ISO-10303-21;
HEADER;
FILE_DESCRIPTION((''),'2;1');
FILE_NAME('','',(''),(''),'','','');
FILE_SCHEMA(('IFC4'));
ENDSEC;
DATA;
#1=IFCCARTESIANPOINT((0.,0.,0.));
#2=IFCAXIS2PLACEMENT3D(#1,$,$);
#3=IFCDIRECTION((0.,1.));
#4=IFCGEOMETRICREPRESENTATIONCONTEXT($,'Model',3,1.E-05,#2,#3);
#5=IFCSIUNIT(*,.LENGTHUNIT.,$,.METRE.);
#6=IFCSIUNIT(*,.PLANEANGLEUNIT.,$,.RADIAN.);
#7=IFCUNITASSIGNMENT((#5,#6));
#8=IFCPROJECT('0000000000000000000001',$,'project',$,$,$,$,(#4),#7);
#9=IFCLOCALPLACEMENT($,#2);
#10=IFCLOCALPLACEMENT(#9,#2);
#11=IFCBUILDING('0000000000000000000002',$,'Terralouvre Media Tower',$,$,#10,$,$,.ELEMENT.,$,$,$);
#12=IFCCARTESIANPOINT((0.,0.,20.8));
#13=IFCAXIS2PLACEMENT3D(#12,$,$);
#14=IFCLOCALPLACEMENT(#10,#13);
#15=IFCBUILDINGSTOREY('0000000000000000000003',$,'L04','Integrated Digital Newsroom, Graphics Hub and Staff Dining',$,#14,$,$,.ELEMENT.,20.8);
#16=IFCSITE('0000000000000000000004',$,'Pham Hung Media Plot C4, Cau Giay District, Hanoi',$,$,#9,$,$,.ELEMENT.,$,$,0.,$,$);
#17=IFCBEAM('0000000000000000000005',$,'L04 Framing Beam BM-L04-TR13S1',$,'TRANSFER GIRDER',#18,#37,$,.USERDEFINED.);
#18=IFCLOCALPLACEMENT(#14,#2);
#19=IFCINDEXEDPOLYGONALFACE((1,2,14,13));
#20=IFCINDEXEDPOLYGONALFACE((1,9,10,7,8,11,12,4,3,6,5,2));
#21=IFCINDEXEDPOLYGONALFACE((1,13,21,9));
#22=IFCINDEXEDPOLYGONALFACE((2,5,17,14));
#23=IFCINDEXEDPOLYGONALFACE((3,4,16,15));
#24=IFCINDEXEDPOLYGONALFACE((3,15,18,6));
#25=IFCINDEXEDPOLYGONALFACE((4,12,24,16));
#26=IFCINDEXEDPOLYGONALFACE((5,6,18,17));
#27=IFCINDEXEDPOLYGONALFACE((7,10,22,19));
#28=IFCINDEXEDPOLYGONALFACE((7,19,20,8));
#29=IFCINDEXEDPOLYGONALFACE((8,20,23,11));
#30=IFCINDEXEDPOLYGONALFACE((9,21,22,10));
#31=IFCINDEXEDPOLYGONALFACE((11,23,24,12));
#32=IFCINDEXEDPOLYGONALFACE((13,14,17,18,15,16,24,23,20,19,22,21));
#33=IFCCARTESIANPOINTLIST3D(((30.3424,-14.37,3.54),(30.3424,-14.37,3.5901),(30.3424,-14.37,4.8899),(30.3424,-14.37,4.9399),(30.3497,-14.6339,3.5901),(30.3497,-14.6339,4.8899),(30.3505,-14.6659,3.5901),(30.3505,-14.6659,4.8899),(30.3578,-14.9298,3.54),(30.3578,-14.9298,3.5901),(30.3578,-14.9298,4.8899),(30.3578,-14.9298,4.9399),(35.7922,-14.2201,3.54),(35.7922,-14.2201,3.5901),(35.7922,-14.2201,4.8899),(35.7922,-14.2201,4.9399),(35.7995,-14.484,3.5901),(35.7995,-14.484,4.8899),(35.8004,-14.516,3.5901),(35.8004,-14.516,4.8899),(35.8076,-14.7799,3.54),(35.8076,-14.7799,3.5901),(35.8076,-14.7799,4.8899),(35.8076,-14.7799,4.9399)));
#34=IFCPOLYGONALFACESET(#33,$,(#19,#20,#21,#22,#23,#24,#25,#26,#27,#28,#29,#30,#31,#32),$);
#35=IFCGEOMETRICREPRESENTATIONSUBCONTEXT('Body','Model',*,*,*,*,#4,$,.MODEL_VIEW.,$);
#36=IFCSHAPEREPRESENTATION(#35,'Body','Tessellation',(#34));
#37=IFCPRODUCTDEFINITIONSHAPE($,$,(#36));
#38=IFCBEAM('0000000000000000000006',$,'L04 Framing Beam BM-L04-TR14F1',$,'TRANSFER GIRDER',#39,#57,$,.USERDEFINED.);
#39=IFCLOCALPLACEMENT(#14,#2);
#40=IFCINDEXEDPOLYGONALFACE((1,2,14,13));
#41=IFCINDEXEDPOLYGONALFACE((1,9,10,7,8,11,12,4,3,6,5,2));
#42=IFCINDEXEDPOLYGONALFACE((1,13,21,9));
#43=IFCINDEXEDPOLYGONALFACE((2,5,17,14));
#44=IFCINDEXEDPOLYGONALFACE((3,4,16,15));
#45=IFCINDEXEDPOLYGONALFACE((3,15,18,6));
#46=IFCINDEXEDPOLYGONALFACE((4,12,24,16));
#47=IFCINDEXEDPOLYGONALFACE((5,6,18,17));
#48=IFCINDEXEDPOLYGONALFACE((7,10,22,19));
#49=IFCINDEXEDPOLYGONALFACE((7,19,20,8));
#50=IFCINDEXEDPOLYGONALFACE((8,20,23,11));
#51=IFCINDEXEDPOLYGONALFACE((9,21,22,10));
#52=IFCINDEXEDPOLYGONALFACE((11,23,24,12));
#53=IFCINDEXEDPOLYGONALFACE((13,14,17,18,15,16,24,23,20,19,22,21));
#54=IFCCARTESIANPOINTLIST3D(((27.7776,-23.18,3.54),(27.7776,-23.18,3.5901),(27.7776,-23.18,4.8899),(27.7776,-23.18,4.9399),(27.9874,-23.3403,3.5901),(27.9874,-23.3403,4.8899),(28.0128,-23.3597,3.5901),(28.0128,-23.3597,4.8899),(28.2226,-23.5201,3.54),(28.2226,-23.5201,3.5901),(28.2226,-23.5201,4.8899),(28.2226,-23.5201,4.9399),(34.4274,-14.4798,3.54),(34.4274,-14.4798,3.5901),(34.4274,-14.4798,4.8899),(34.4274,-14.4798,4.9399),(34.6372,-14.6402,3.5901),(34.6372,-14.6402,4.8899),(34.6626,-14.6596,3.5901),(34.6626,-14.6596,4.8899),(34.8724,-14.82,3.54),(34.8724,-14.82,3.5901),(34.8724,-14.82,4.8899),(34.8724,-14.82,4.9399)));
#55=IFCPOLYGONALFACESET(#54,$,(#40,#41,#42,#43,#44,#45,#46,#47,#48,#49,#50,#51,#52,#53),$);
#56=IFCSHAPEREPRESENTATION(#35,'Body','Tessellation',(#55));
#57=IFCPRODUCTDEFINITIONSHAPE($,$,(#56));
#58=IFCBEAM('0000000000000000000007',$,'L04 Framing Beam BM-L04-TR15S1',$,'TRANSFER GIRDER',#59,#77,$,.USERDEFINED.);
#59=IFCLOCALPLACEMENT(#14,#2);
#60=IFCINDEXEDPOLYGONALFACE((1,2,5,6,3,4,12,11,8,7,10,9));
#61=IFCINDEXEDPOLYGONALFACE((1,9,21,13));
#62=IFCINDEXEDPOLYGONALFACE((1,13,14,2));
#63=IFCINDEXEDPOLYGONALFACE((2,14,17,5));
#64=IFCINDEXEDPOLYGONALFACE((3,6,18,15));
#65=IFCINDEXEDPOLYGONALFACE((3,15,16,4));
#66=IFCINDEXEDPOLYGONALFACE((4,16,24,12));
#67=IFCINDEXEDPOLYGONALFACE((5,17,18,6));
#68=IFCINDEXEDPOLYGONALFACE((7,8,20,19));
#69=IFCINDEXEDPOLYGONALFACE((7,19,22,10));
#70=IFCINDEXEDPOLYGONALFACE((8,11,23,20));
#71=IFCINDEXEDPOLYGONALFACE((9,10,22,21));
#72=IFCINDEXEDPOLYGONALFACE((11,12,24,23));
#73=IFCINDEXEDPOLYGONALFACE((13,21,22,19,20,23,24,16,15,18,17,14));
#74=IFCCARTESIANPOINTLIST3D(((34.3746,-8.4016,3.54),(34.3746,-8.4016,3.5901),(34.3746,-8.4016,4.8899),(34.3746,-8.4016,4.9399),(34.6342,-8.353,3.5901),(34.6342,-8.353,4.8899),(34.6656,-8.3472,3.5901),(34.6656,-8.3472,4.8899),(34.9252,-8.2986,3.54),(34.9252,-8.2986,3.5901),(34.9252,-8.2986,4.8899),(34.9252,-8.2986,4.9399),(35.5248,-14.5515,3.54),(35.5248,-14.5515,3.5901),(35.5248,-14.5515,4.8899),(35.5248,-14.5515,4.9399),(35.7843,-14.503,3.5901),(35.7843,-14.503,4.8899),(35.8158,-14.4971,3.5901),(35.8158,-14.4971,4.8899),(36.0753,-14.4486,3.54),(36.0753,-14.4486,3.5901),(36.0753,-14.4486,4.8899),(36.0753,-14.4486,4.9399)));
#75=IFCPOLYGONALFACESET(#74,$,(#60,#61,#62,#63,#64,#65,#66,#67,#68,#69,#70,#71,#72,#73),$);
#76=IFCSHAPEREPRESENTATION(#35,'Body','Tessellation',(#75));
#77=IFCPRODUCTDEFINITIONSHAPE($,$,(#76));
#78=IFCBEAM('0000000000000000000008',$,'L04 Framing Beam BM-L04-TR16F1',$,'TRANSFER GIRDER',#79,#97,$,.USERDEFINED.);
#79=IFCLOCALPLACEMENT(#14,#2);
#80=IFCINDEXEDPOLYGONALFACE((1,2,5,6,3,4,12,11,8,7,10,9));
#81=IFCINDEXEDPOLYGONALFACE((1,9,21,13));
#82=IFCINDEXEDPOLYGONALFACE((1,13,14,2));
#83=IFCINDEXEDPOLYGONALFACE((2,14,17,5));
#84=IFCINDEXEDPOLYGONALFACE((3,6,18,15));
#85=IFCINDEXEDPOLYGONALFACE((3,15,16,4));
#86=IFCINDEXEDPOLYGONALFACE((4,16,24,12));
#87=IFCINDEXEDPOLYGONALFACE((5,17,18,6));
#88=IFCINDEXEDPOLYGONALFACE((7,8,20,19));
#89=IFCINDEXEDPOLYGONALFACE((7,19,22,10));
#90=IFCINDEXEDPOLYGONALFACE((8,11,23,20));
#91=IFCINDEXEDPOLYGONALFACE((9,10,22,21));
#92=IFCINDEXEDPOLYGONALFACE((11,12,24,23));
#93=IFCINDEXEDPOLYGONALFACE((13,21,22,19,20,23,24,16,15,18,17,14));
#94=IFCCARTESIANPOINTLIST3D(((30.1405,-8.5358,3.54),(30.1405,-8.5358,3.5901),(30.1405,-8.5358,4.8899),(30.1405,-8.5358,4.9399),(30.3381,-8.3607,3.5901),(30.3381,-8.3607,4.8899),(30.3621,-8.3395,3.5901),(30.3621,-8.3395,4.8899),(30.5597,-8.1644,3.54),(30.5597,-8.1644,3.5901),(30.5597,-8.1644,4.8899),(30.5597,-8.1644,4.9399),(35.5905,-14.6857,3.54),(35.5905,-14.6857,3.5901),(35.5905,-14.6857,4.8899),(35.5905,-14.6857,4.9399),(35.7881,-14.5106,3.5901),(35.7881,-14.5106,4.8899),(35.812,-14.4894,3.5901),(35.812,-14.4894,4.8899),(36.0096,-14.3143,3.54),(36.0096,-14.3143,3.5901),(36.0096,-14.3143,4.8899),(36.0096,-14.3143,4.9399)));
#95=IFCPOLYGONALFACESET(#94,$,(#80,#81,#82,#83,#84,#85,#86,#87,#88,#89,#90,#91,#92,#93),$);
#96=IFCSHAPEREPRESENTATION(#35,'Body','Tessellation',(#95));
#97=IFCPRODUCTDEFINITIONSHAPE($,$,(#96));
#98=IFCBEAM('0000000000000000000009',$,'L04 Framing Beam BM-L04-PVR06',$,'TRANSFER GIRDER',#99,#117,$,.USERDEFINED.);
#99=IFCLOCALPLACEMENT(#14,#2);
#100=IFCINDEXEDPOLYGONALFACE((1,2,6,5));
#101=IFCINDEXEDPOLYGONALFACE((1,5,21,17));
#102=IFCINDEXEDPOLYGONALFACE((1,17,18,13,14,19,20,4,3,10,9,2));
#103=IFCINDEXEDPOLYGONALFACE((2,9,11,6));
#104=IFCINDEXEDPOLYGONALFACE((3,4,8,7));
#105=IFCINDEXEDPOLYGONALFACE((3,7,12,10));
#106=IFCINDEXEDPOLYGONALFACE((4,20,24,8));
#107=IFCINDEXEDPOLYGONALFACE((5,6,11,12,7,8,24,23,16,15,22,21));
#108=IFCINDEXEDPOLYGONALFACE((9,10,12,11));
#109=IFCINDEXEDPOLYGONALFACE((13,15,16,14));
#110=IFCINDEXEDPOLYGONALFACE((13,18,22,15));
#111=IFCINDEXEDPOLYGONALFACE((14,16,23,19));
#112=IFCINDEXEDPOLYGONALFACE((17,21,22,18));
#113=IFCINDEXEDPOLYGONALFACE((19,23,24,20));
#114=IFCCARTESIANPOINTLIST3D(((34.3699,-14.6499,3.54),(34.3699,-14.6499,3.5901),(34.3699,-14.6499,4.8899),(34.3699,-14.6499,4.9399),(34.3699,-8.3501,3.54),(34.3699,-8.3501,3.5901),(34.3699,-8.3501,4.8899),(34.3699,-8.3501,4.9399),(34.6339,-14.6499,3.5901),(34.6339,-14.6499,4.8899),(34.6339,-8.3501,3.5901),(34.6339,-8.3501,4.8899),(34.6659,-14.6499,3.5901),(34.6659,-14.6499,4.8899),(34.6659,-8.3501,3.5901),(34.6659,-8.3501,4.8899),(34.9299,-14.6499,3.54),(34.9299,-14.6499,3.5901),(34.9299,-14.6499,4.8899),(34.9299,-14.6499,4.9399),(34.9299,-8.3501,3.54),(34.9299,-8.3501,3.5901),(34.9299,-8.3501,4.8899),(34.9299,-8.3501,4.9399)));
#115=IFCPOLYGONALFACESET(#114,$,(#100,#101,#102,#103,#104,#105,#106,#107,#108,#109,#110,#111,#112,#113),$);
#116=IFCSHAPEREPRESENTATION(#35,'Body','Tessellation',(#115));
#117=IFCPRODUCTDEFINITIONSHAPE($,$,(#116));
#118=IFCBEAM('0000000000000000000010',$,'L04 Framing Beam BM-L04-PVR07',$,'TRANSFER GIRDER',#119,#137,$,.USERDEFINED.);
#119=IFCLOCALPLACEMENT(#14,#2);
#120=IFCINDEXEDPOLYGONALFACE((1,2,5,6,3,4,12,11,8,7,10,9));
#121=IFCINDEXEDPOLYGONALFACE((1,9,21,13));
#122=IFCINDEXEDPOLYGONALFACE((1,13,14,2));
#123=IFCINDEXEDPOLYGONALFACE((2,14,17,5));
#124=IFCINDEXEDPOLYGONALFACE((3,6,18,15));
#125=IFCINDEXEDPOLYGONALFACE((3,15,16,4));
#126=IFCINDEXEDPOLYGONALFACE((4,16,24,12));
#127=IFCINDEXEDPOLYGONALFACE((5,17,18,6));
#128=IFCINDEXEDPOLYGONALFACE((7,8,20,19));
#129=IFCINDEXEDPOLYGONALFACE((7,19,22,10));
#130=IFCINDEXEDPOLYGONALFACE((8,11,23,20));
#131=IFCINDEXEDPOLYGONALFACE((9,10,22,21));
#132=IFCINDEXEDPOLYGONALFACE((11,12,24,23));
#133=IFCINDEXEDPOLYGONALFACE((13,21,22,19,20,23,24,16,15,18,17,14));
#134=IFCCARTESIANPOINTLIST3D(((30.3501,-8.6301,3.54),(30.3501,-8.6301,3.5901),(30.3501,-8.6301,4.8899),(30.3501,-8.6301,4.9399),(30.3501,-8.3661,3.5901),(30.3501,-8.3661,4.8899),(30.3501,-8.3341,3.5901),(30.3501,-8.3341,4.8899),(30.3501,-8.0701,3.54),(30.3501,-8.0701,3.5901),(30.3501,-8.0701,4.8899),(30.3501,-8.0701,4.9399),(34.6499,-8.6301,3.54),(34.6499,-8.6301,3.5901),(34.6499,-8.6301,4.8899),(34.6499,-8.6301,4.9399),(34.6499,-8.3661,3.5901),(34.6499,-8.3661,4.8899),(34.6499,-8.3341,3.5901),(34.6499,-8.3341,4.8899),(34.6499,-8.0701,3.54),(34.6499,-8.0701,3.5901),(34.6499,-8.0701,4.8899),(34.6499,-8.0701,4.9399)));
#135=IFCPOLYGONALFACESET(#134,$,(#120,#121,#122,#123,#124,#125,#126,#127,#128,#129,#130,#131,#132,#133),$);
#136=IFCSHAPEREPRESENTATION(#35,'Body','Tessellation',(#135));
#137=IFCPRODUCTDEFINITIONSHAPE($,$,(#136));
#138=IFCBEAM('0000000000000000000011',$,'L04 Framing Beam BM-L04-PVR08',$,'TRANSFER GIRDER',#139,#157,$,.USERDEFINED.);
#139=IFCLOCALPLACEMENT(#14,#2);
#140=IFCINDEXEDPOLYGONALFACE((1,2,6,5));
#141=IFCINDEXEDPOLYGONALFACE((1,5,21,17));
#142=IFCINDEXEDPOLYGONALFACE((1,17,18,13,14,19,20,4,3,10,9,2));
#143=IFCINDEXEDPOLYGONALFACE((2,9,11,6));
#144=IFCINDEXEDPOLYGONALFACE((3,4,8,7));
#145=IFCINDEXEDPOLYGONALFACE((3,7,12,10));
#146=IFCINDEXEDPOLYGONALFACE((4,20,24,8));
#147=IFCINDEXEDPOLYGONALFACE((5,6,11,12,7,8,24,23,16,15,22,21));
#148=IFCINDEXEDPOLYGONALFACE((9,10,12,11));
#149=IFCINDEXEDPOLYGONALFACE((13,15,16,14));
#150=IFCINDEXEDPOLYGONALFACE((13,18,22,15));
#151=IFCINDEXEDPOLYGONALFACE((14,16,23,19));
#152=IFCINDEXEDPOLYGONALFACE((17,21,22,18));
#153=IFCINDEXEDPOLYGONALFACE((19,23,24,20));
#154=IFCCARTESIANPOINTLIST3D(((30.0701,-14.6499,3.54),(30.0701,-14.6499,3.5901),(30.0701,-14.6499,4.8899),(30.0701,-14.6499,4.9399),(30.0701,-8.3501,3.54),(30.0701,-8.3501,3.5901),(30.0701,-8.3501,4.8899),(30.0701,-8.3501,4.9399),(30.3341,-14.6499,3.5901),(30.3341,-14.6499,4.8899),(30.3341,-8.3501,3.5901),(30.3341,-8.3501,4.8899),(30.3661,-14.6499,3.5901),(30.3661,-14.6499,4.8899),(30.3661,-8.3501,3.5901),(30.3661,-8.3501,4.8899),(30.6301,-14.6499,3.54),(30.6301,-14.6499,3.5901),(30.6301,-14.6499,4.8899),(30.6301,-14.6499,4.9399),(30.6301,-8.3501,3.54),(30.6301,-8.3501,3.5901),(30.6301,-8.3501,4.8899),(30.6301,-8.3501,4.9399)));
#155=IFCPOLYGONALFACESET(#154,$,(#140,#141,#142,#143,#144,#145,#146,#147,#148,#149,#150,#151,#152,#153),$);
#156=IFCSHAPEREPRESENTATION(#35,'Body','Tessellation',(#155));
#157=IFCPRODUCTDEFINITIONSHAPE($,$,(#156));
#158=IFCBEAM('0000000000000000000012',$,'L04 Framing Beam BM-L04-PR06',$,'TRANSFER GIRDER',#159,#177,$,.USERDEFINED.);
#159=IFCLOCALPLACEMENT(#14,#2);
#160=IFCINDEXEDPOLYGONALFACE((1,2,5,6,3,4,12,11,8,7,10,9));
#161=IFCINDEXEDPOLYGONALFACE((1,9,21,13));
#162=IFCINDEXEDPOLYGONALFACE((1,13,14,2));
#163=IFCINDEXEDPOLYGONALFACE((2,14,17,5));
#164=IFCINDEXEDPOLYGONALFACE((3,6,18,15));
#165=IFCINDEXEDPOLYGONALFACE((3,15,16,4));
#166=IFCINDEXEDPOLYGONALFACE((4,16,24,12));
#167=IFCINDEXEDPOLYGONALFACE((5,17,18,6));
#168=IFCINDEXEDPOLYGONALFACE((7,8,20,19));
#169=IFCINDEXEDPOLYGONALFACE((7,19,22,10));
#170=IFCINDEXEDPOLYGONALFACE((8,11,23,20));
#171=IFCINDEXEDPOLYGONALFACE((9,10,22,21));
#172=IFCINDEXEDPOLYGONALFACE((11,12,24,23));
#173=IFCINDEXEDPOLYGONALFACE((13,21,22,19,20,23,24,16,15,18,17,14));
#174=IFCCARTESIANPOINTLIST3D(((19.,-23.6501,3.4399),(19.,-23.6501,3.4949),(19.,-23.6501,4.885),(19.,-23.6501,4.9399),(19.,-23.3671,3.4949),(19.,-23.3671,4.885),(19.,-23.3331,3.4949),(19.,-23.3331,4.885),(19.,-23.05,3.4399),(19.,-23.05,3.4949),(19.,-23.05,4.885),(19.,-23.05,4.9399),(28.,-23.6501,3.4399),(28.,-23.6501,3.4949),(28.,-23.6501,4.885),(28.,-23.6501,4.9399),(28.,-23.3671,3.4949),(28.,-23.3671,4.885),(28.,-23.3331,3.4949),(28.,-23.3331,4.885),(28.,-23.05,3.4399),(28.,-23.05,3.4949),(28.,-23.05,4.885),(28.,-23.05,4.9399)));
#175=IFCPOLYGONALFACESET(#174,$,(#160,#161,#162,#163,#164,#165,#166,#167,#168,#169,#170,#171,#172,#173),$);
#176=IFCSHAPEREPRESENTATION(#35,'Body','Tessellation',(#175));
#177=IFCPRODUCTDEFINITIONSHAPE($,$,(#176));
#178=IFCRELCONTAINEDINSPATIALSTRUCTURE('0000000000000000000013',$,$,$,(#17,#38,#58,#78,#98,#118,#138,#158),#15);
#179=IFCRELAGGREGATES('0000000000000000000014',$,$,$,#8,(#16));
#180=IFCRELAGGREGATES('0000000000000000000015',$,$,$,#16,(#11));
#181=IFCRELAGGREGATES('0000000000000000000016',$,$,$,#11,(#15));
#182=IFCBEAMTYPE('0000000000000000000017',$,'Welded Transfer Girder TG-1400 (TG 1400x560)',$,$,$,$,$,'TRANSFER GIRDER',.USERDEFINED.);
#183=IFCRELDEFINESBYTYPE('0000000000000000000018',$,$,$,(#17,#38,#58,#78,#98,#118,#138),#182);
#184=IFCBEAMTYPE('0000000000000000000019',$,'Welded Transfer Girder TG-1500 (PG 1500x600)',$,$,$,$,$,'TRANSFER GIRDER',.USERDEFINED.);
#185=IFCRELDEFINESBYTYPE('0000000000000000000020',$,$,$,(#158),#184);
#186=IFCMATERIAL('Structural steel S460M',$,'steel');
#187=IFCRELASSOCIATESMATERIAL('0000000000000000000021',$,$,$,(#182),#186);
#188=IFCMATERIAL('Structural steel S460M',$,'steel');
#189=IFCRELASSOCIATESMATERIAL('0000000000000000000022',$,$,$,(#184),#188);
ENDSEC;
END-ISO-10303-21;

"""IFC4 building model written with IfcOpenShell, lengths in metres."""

from ifc_helpers import new_model, si_unit, direction, frame, origin, origin_2d, place, context, subcontext, project, spatial, i_section, extrude, material, material_profile, profile_set, type_object, element, save


model = new_model("IFC4")

# Units and contexts
model_context = context("Model", 3, precision=1e-05, world=origin(), true_north=direction((0.0, 1.0)))
body_context = subcontext(model_context, "Body", "Model", "MODEL_VIEW")
ifc_project = project(units=[si_unit("LENGTHUNIT", "METRE"), si_unit("PLANEANGLEUNIT", "RADIAN")], contexts=[model_context])

# Site, building, storey
site_placement = place(None, origin())
site = spatial("IfcSite", under=ifc_project, at=site_placement, Name="Pham Hung Media Plot C4, Cau Giay District, Hanoi", CompositionType="ELEMENT", RefElevation=0.0)
building_placement = place(site_placement, origin())
building = spatial("IfcBuilding", under=site, at=building_placement, Name="Terralouvre Media Tower", CompositionType="ELEMENT")
storey_placement = place(building_placement, frame((0.0, 0.0, 20.8)))
storey = spatial("IfcBuildingStorey", under=building, at=storey_placement, Name="L04", Description="Integrated Digital Newsroom, Graphics Hub and Staff Dining", CompositionType="ELEMENT", Elevation=20.8)

# Beams
ifc_material_1 = material(Name="Structural steel S460M", Category="steel")
ifc_material_profile_1 = material_profile(ifc_material_1, i_section(OverallWidth=0.5601, OverallDepth=1.3999, WebThickness=0.032, FlangeThickness=0.05, at=origin_2d()), Name="TG 1400x560")
ifc_profile_set_1 = profile_set([ifc_material_profile_1], Name="Structural steel S460M")
beam_type_1 = type_object("IfcBeamType", Name="Welded Transfer Girder TG-1400 (TG 1400x560)", ElementType="TRANSFER GIRDER", PredefinedType="USERDEFINED", material=ifc_profile_set_1)
beam_1_placement = place(storey_placement, frame((30.3501, -14.6499, 4.24), z_axis=(0.999622, 0.027495, 0.0), x_axis=(-0.027495, 0.999622, 0.0)))
element("IfcBeam", 1, at=beam_1_placement, inside=storey, type_object=beam_type_1, Name="L04 Framing Beam BM-L04-TR13S1", ObjectType="TRANSFER GIRDER", PredefinedType="USERDEFINED", context=body_context, shape_type="SweptSolid", body=[
    extrude(i_section(OverallWidth=0.5601, OverallDepth=1.3999, WebThickness=0.032, FlangeThickness=0.05, at=origin_2d()), origin(), (0.0, 0.0, 1.0), 5.4519),
])
beam_2_placement = place(storey_placement, frame((34.6499, -14.6499, 4.24), z_axis=(-0.607266, -0.794498, 0.0), x_axis=(0.794498, -0.607266, 0.0)))
element("IfcBeam", 2, at=beam_2_placement, inside=storey, type_object=beam_type_1, Name="L04 Framing Beam BM-L04-TR14F1", ObjectType="TRANSFER GIRDER", PredefinedType="USERDEFINED", context=body_context, shape_type="SweptSolid", body=[
    extrude(i_section(OverallWidth=0.5601, OverallDepth=1.3999, WebThickness=0.032, FlangeThickness=0.05, at=origin_2d()), origin(), (0.0, 0.0, 1.0), 10.9504),
])
beam_3_placement = place(storey_placement, frame((34.6499, -8.3501, 4.24), z_axis=(0.183831, -0.982958, 0.0), x_axis=(0.982958, 0.183831, 0.0)))
element("IfcBeam", 3, at=beam_3_placement, inside=storey, type_object=beam_type_1, Name="L04 Framing Beam BM-L04-TR15S1", ObjectType="TRANSFER GIRDER", PredefinedType="USERDEFINED", context=body_context, shape_type="SweptSolid", body=[
    extrude(i_section(OverallWidth=0.5601, OverallDepth=1.3999, WebThickness=0.032, FlangeThickness=0.05, at=origin_2d()), origin(), (0.0, 0.0, 1.0), 6.2566),
])
beam_4_placement = place(storey_placement, frame((30.3501, -8.3501, 4.24), z_axis=(0.663233, -0.748413, 0.0), x_axis=(0.748413, 0.663233, 0.0)))
element("IfcBeam", 4, at=beam_4_placement, inside=storey, type_object=beam_type_1, Name="L04 Framing Beam BM-L04-TR16F1", ObjectType="TRANSFER GIRDER", PredefinedType="USERDEFINED", context=body_context, shape_type="SweptSolid", body=[
    extrude(i_section(OverallWidth=0.5601, OverallDepth=1.3999, WebThickness=0.032, FlangeThickness=0.05, at=origin_2d()), origin(), (0.0, 0.0, 1.0), 8.2173),
])
beam_5_placement = place(storey_placement, frame((34.6499, -14.6499, 4.24), z_axis=(0.0, 1.0, 0.0), x_axis=(-1.0, 0.0, 0.0)))
element("IfcBeam", 5, at=beam_5_placement, inside=storey, type_object=beam_type_1, Name="L04 Framing Beam BM-L04-PVR06", ObjectType="TRANSFER GIRDER", PredefinedType="USERDEFINED", context=body_context, shape_type="SweptSolid", body=[
    extrude(i_section(OverallWidth=0.5601, OverallDepth=1.3999, WebThickness=0.032, FlangeThickness=0.05, at=origin_2d()), origin(), (0.0, 0.0, 1.0), 6.2998),
])
beam_6_placement = place(storey_placement, frame((34.6499, -8.3501, 4.24), z_axis=(-1.0, 0.0, 0.0), x_axis=(0.0, -1.0, 0.0)))
element("IfcBeam", 6, at=beam_6_placement, inside=storey, type_object=beam_type_1, Name="L04 Framing Beam BM-L04-PVR07", ObjectType="TRANSFER GIRDER", PredefinedType="USERDEFINED", context=body_context, shape_type="SweptSolid", body=[
    extrude(i_section(OverallWidth=0.5601, OverallDepth=1.3999, WebThickness=0.032, FlangeThickness=0.05, at=origin_2d()), origin(), (0.0, 0.0, 1.0), 4.2998),
])
beam_7_placement = place(storey_placement, frame((30.3501, -8.3501, 4.24), z_axis=(0.0, -1.0, 0.0), x_axis=(1.0, 0.0, 0.0)))
element("IfcBeam", 7, at=beam_7_placement, inside=storey, type_object=beam_type_1, Name="L04 Framing Beam BM-L04-PVR08", ObjectType="TRANSFER GIRDER", PredefinedType="USERDEFINED", context=body_context, shape_type="SweptSolid", body=[
    extrude(i_section(OverallWidth=0.5601, OverallDepth=1.3999, WebThickness=0.032, FlangeThickness=0.05, at=origin_2d()), origin(), (0.0, 0.0, 1.0), 6.2998),
])
ifc_material_2 = material(Name="Structural steel S460M", Category="steel")
ifc_material_profile_2 = material_profile(ifc_material_2, i_section(OverallWidth=0.6001, OverallDepth=1.5, WebThickness=0.0339, FlangeThickness=0.0549, at=origin_2d()), Name="PG 1500x600")
ifc_profile_set_2 = profile_set([ifc_material_profile_2], Name="Structural steel S460M")
beam_type_2 = type_object("IfcBeamType", Name="Welded Transfer Girder TG-1500 (PG 1500x600)", ElementType="TRANSFER GIRDER", PredefinedType="USERDEFINED", material=ifc_profile_set_2)
beam_8_placement = place(storey_placement, frame((19.0, -23.3501, 4.1899), z_axis=(1.0, 0.0, 0.0), x_axis=(0.0, 1.0, 0.0)))
element("IfcBeam", 8, at=beam_8_placement, inside=storey, type_object=beam_type_2, Name="L04 Framing Beam BM-L04-PR06", ObjectType="TRANSFER GIRDER", PredefinedType="USERDEFINED", context=body_context, shape_type="SweptSolid", body=[
    extrude(i_section(OverallWidth=0.6001, OverallDepth=1.5, WebThickness=0.0339, FlangeThickness=0.0549, at=origin_2d()), origin(), (0.0, 0.0, 1.0), 9.0),
])

save(model, "model.ifc")
